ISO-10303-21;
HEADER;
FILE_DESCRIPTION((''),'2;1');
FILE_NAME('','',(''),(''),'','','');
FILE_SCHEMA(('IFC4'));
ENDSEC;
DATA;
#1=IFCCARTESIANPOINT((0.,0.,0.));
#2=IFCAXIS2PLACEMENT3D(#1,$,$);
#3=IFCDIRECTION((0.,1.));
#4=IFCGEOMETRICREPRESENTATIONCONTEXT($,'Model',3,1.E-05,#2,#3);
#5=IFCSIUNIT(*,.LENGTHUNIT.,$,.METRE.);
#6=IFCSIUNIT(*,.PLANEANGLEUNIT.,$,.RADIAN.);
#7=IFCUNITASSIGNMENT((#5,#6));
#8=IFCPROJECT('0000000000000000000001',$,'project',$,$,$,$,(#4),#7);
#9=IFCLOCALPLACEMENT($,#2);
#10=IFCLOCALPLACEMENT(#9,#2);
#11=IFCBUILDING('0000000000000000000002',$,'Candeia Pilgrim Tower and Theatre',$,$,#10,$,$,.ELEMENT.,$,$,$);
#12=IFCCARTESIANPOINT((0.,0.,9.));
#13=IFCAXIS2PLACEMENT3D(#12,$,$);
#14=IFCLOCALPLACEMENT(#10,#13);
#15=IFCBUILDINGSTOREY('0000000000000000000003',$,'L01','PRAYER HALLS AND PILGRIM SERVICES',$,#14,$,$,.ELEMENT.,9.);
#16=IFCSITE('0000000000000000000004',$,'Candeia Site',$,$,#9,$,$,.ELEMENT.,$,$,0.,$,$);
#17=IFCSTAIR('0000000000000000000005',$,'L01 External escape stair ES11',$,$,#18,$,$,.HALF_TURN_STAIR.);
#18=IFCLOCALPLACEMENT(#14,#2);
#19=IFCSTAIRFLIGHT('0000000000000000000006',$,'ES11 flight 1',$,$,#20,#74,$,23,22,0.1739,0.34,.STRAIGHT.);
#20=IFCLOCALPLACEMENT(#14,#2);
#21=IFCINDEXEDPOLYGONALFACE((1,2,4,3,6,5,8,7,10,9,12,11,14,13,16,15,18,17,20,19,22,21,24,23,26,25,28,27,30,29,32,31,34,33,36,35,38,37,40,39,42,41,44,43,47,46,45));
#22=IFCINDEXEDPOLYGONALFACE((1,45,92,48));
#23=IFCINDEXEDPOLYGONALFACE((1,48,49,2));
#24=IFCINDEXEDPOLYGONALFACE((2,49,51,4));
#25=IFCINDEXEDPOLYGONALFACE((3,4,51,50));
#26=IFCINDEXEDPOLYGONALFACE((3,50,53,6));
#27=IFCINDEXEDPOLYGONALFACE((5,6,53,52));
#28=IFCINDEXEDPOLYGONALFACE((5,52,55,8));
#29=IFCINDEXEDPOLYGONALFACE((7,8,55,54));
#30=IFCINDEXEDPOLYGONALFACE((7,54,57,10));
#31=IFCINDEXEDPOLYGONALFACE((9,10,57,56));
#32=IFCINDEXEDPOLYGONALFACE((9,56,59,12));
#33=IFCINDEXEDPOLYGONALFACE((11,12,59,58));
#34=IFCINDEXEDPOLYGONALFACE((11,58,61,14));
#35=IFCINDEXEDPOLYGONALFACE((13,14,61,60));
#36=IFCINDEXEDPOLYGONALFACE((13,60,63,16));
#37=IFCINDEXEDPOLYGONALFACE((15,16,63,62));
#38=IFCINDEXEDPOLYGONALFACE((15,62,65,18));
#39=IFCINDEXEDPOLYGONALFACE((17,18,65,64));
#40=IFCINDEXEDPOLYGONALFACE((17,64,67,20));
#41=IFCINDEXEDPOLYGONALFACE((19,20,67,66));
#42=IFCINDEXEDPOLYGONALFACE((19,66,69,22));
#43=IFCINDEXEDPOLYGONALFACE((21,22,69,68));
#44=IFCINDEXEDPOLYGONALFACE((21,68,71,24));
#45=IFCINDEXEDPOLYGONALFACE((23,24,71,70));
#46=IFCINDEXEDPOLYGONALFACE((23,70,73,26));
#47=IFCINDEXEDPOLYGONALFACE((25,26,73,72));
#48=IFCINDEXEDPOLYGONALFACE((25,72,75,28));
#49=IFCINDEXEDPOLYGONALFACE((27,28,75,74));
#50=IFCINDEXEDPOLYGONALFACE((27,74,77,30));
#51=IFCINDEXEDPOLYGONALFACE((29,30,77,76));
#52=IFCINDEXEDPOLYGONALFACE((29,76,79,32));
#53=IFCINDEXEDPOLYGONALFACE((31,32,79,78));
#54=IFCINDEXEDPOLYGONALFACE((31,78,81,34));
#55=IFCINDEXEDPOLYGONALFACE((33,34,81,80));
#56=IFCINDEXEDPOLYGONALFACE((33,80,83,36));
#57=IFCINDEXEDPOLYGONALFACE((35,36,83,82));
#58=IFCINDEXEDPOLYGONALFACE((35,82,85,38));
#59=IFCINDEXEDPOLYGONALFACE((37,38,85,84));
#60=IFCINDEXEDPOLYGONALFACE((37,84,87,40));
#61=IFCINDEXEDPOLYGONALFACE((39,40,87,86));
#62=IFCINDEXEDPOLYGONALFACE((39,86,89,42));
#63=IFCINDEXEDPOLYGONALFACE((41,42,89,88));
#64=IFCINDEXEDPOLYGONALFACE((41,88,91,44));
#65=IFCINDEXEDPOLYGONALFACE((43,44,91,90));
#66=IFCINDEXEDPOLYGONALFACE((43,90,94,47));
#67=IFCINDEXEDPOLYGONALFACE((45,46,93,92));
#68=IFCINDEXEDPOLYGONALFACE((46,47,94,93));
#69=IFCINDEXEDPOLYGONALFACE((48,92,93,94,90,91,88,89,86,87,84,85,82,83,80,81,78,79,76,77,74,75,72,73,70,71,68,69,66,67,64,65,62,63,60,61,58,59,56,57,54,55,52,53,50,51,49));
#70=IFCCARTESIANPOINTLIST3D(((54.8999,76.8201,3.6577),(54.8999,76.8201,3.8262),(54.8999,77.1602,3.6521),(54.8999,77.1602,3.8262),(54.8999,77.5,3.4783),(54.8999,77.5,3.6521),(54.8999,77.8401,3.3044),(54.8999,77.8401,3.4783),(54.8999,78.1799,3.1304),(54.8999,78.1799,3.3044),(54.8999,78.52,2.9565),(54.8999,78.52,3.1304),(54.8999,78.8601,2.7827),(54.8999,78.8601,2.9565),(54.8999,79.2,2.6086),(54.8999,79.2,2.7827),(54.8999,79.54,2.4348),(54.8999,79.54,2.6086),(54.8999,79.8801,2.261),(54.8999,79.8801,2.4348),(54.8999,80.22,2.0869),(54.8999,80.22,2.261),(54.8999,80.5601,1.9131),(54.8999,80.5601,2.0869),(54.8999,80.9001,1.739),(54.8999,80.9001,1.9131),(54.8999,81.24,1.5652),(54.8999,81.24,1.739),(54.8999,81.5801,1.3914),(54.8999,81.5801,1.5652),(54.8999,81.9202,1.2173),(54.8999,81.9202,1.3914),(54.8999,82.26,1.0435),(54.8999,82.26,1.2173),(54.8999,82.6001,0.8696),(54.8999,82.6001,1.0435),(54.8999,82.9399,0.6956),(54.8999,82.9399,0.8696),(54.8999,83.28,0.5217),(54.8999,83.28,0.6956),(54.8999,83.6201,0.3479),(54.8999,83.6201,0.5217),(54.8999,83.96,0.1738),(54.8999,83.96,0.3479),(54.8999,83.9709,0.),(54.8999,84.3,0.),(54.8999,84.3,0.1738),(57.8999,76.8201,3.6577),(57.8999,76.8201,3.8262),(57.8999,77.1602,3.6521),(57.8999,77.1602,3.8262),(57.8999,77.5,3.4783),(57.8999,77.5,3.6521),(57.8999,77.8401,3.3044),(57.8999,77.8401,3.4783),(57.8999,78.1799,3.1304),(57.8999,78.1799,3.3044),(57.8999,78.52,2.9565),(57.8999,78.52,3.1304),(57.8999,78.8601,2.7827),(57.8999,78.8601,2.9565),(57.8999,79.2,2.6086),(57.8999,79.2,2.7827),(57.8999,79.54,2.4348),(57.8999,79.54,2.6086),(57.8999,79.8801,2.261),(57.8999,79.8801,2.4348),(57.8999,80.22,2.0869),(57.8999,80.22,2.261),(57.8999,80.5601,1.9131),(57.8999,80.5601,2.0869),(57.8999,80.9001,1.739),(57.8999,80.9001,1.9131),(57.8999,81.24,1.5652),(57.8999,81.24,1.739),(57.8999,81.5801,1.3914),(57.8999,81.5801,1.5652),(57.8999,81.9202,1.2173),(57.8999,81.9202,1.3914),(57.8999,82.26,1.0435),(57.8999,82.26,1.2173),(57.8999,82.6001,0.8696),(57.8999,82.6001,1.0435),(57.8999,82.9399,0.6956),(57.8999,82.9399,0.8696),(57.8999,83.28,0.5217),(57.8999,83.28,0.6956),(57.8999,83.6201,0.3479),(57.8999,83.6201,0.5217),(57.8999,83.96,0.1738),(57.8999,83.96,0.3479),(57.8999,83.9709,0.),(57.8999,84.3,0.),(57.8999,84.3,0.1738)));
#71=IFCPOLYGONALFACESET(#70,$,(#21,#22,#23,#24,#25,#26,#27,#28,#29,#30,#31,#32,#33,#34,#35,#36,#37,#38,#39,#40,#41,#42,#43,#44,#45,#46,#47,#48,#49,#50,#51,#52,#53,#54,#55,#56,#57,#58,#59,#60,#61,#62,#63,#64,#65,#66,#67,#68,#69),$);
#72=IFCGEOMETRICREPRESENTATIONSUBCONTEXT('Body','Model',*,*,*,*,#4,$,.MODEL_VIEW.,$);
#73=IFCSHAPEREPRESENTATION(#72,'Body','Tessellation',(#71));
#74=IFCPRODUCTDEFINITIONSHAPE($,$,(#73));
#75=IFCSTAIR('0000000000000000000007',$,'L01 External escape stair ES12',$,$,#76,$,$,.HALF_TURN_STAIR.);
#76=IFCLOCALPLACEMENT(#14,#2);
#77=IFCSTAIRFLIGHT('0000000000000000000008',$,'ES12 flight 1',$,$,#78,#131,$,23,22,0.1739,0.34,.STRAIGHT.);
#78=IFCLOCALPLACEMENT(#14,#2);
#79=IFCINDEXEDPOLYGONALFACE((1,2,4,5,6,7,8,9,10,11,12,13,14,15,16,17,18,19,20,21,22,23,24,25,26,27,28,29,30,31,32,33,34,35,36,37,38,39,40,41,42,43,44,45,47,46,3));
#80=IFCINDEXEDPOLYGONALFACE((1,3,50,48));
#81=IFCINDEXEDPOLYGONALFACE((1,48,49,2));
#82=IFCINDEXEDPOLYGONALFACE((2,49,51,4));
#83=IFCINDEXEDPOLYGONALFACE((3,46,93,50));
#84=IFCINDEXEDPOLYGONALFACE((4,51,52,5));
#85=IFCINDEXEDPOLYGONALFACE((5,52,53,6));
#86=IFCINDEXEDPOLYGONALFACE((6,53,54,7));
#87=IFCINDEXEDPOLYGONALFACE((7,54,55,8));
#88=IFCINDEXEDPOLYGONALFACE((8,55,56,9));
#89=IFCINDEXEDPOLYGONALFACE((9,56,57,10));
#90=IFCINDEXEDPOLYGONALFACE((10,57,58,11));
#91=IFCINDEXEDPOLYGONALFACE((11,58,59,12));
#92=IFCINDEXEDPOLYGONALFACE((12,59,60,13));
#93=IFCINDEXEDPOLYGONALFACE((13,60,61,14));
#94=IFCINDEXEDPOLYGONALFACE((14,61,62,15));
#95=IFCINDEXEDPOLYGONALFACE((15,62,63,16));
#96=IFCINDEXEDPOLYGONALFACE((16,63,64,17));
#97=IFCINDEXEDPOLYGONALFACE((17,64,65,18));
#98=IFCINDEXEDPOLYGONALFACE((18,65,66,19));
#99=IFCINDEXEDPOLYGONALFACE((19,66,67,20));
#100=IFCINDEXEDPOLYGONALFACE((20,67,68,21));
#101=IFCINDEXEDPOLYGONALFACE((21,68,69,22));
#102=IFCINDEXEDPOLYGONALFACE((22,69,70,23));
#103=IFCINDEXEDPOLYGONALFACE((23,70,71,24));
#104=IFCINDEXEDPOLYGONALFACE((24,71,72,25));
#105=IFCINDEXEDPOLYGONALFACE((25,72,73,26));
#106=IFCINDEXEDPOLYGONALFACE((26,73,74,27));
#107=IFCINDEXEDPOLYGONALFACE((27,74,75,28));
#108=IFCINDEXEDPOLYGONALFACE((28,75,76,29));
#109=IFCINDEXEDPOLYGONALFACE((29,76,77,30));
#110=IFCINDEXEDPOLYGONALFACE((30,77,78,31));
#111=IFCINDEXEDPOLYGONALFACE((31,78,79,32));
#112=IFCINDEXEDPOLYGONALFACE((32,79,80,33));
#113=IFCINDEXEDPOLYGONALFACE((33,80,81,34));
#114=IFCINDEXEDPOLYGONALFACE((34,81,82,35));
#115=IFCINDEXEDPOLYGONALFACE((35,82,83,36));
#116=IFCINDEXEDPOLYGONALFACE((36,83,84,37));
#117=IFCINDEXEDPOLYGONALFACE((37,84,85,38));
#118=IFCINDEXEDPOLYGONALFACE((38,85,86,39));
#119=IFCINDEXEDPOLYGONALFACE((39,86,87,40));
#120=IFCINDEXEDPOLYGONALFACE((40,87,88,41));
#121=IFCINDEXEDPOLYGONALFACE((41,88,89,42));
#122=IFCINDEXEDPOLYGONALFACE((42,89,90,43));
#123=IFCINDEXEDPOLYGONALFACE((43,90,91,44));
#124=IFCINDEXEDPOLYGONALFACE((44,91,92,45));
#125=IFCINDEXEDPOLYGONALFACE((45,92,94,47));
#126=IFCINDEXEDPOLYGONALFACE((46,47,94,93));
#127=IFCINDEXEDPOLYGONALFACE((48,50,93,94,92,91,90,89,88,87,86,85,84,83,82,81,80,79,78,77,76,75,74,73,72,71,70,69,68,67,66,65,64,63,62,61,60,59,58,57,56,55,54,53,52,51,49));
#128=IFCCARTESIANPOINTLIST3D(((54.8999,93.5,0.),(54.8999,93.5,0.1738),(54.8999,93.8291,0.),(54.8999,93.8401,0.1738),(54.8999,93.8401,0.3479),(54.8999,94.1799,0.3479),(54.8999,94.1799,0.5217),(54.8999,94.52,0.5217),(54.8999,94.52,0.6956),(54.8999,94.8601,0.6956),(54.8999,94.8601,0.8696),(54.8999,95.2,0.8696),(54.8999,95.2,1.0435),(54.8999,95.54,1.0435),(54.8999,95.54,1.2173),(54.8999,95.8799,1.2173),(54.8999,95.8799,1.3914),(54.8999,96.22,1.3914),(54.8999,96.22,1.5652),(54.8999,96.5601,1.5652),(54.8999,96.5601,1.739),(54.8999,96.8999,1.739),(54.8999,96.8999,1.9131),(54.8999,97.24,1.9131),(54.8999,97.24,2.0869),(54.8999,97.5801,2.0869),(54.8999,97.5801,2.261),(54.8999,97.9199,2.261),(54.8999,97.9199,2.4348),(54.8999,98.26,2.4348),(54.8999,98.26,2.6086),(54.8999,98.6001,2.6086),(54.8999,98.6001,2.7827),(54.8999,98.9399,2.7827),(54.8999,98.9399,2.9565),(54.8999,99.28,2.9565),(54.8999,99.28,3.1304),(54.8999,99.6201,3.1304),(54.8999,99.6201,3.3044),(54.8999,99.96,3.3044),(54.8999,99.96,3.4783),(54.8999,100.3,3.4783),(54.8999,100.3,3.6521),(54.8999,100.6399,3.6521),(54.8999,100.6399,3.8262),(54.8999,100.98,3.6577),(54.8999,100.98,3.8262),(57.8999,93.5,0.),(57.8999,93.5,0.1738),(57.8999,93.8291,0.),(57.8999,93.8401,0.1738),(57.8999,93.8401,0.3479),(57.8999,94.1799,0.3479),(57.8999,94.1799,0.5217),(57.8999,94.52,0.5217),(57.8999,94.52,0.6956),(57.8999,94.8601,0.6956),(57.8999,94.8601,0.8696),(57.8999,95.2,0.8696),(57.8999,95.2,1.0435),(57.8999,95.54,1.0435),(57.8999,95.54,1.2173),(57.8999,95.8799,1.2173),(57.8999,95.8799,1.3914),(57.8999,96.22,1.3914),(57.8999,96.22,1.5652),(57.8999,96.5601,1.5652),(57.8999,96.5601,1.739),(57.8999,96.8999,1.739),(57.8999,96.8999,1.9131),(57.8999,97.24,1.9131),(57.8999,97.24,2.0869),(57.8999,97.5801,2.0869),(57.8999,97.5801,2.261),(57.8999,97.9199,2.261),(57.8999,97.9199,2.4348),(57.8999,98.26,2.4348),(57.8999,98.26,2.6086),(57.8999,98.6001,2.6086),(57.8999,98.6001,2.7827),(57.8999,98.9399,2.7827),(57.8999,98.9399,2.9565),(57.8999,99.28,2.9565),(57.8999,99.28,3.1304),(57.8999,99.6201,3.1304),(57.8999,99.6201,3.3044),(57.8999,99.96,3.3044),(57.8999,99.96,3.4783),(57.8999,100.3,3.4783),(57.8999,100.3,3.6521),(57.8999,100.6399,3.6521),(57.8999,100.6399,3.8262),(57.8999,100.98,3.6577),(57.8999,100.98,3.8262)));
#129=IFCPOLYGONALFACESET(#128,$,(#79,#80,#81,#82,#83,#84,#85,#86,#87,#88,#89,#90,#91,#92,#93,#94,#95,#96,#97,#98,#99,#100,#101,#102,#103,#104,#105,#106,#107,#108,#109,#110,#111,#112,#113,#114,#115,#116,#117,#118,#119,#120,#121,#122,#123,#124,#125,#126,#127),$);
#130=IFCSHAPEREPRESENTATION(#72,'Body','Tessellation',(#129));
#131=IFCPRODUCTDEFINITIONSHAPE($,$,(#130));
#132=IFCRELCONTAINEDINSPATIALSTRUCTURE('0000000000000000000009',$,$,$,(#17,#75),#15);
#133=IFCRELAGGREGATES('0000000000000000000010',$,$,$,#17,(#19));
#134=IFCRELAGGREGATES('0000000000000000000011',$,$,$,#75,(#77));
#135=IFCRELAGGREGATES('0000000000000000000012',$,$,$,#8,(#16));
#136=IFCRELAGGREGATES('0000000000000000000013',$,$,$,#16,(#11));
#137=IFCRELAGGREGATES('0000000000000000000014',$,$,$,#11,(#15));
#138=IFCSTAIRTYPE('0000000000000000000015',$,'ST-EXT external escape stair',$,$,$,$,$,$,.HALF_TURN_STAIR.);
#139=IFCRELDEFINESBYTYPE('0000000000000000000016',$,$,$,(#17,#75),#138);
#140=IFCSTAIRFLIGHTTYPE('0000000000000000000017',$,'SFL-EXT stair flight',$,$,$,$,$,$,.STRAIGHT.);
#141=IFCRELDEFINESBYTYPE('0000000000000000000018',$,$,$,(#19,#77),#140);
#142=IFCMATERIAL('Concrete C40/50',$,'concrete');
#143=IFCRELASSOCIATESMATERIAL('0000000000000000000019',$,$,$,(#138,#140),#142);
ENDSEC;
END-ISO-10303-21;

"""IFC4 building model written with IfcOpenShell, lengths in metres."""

from ifc_helpers import new_model, si_unit, direction, frame, origin, place, context, subcontext, project, spatial, polyline, outline, extrude, material, type_object, element, aggregate, save


model = new_model("IFC4")

# Units and contexts
model_context = context("Model", 3, precision=1e-05, world=origin(), true_north=direction((0.0, 1.0)))
body_context = subcontext(model_context, "Body", "Model", "MODEL_VIEW")
ifc_project = project(units=[si_unit("LENGTHUNIT", "METRE"), si_unit("PLANEANGLEUNIT", "RADIAN")], contexts=[model_context])

# Site, building, storey
site_placement = place(None, origin())
site = spatial("IfcSite", under=ifc_project, at=site_placement, Name="Candeia Site", CompositionType="ELEMENT", RefElevation=0.0)
building_placement = place(site_placement, origin())
building = spatial("IfcBuilding", under=site, at=building_placement, Name="Candeia Pilgrim Tower and Theatre", CompositionType="ELEMENT")
storey_placement = place(building_placement, frame((0.0, 0.0, 9.0)))
storey = spatial("IfcBuildingStorey", under=building, at=storey_placement, Name="L01", Description="PRAYER HALLS AND PILGRIM SERVICES", CompositionType="ELEMENT", Elevation=9.0)

# Shared definitions
ifc_material_1 = material(Name="Concrete C40/50", Category="concrete")

# Stair, stair flight
stair_type = type_object("IfcStairType", Name="ST-EXT external escape stair", PredefinedType="HALF_TURN_STAIR", material=ifc_material_1)
stair_1_placement = place(storey_placement, origin())
stair_1 = element("IfcStair", 1, at=stair_1_placement, inside=storey, type_object=stair_type, Name="L01 External escape stair ES11", PredefinedType="HALF_TURN_STAIR")
stair_flight_type = type_object("IfcStairFlightType", Name="SFL-EXT stair flight", PredefinedType="STRAIGHT", material=ifc_material_1)
stair_flight_1_placement = place(storey_placement, frame((56.3999, 84.3, 0.0), z_axis=(0.0, 0.0, 1.0), x_axis=(0.0, -1.0, 0.0)))
stair_flight_1 = element("IfcStairFlight", 2, at=stair_flight_1_placement, type_object=stair_flight_type, Name="ES11 flight 1", NumberOfRisers=23, NumberOfTreads=22, PredefinedType="STRAIGHT", RiserHeight=0.1739, TreadLength=0.34, context=body_context, shape_type="SweptSolid", body=[
    extrude(outline(polyline([(0.0, 0.0), (0.0, 0.1738), (0.3401, 0.1738), (0.3401, 0.3479), (0.6799, 0.3479), (0.6799, 0.5217), (1.02, 0.5217), (1.02, 0.6956), (1.3601, 0.6956), (1.3601, 0.8696), (1.7, 0.8696), (1.7, 1.0435), (2.04, 1.0435), (2.04, 1.2173), (2.3799, 1.2173), (2.3799, 1.3914), (2.72, 1.3914), (2.72, 1.5652), (3.0601, 1.5652), (3.0601, 1.739), (3.3999, 1.739), (3.3999, 1.9131), (3.74, 1.9131), (3.74, 2.0869), (4.0801, 2.0869), (4.0801, 2.261), (4.4199, 2.261), (4.4199, 2.4348), (4.76, 2.4348), (4.76, 2.6086), (5.1001, 2.6086), (5.1001, 2.7827), (5.4399, 2.7827), (5.4399, 2.9565), (5.78, 2.9565), (5.78, 3.1304), (6.1201, 3.1304), (6.1201, 3.3044), (6.46, 3.3044), (6.46, 3.4783), (6.8, 3.4783), (6.8, 3.6521), (7.1399, 3.6521), (7.1399, 3.8262), (7.48, 3.8262), (7.48, 4.0), (7.48, 3.6577), (0.3291, 0.0), (0.0, 0.0)])), frame((0.0, 1.5, 0.0), z_axis=(0.0, -1.0, 0.0), x_axis=(1.0, 0.0, 0.0)), (0.0, 0.0, 1.0), 3.0),
])
aggregate(stair_1, [stair_flight_1])

# Stair, stair flight
stair_2_placement = place(storey_placement, origin())
stair_2 = element("IfcStair", 3, at=stair_2_placement, inside=storey, type_object=stair_type, Name="L01 External escape stair ES12", PredefinedType="HALF_TURN_STAIR")
stair_flight_2_placement = place(storey_placement, frame((56.3999, 93.5, 0.0), z_axis=(0.0, 0.0, 1.0), x_axis=(0.0, 1.0, 0.0)))
stair_flight_2 = element("IfcStairFlight", 4, at=stair_flight_2_placement, type_object=stair_flight_type, Name="ES12 flight 1", NumberOfRisers=23, NumberOfTreads=22, PredefinedType="STRAIGHT", RiserHeight=0.1739, TreadLength=0.34, context=body_context, shape_type="SweptSolid", body=[
    extrude(outline(polyline([(0.0, 0.0), (0.0, 0.1738), (0.3401, 0.1738), (0.3401, 0.3479), (0.6799, 0.3479), (0.6799, 0.5217), (1.02, 0.5217), (1.02, 0.6956), (1.3601, 0.6956), (1.3601, 0.8696), (1.7, 0.8696), (1.7, 1.0435), (2.04, 1.0435), (2.04, 1.2173), (2.3799, 1.2173), (2.3799, 1.3914), (2.72, 1.3914), (2.72, 1.5652), (3.0601, 1.5652), (3.0601, 1.739), (3.3999, 1.739), (3.3999, 1.9131), (3.74, 1.9131), (3.74, 2.0869), (4.0801, 2.0869), (4.0801, 2.261), (4.4199, 2.261), (4.4199, 2.4348), (4.76, 2.4348), (4.76, 2.6086), (5.1001, 2.6086), (5.1001, 2.7827), (5.4399, 2.7827), (5.4399, 2.9565), (5.78, 2.9565), (5.78, 3.1304), (6.1201, 3.1304), (6.1201, 3.3044), (6.46, 3.3044), (6.46, 3.4783), (6.8, 3.4783), (6.8, 3.6521), (7.1399, 3.6521), (7.1399, 3.8262), (7.48, 3.8262), (7.48, 4.0), (7.48, 3.6577), (0.3291, 0.0), (0.0, 0.0)])), frame((0.0, 1.5, 0.0), z_axis=(0.0, -1.0, 0.0), x_axis=(1.0, 0.0, 0.0)), (0.0, 0.0, 1.0), 3.0),
])
aggregate(stair_2, [stair_flight_2])

save(model, "model.ifc")
